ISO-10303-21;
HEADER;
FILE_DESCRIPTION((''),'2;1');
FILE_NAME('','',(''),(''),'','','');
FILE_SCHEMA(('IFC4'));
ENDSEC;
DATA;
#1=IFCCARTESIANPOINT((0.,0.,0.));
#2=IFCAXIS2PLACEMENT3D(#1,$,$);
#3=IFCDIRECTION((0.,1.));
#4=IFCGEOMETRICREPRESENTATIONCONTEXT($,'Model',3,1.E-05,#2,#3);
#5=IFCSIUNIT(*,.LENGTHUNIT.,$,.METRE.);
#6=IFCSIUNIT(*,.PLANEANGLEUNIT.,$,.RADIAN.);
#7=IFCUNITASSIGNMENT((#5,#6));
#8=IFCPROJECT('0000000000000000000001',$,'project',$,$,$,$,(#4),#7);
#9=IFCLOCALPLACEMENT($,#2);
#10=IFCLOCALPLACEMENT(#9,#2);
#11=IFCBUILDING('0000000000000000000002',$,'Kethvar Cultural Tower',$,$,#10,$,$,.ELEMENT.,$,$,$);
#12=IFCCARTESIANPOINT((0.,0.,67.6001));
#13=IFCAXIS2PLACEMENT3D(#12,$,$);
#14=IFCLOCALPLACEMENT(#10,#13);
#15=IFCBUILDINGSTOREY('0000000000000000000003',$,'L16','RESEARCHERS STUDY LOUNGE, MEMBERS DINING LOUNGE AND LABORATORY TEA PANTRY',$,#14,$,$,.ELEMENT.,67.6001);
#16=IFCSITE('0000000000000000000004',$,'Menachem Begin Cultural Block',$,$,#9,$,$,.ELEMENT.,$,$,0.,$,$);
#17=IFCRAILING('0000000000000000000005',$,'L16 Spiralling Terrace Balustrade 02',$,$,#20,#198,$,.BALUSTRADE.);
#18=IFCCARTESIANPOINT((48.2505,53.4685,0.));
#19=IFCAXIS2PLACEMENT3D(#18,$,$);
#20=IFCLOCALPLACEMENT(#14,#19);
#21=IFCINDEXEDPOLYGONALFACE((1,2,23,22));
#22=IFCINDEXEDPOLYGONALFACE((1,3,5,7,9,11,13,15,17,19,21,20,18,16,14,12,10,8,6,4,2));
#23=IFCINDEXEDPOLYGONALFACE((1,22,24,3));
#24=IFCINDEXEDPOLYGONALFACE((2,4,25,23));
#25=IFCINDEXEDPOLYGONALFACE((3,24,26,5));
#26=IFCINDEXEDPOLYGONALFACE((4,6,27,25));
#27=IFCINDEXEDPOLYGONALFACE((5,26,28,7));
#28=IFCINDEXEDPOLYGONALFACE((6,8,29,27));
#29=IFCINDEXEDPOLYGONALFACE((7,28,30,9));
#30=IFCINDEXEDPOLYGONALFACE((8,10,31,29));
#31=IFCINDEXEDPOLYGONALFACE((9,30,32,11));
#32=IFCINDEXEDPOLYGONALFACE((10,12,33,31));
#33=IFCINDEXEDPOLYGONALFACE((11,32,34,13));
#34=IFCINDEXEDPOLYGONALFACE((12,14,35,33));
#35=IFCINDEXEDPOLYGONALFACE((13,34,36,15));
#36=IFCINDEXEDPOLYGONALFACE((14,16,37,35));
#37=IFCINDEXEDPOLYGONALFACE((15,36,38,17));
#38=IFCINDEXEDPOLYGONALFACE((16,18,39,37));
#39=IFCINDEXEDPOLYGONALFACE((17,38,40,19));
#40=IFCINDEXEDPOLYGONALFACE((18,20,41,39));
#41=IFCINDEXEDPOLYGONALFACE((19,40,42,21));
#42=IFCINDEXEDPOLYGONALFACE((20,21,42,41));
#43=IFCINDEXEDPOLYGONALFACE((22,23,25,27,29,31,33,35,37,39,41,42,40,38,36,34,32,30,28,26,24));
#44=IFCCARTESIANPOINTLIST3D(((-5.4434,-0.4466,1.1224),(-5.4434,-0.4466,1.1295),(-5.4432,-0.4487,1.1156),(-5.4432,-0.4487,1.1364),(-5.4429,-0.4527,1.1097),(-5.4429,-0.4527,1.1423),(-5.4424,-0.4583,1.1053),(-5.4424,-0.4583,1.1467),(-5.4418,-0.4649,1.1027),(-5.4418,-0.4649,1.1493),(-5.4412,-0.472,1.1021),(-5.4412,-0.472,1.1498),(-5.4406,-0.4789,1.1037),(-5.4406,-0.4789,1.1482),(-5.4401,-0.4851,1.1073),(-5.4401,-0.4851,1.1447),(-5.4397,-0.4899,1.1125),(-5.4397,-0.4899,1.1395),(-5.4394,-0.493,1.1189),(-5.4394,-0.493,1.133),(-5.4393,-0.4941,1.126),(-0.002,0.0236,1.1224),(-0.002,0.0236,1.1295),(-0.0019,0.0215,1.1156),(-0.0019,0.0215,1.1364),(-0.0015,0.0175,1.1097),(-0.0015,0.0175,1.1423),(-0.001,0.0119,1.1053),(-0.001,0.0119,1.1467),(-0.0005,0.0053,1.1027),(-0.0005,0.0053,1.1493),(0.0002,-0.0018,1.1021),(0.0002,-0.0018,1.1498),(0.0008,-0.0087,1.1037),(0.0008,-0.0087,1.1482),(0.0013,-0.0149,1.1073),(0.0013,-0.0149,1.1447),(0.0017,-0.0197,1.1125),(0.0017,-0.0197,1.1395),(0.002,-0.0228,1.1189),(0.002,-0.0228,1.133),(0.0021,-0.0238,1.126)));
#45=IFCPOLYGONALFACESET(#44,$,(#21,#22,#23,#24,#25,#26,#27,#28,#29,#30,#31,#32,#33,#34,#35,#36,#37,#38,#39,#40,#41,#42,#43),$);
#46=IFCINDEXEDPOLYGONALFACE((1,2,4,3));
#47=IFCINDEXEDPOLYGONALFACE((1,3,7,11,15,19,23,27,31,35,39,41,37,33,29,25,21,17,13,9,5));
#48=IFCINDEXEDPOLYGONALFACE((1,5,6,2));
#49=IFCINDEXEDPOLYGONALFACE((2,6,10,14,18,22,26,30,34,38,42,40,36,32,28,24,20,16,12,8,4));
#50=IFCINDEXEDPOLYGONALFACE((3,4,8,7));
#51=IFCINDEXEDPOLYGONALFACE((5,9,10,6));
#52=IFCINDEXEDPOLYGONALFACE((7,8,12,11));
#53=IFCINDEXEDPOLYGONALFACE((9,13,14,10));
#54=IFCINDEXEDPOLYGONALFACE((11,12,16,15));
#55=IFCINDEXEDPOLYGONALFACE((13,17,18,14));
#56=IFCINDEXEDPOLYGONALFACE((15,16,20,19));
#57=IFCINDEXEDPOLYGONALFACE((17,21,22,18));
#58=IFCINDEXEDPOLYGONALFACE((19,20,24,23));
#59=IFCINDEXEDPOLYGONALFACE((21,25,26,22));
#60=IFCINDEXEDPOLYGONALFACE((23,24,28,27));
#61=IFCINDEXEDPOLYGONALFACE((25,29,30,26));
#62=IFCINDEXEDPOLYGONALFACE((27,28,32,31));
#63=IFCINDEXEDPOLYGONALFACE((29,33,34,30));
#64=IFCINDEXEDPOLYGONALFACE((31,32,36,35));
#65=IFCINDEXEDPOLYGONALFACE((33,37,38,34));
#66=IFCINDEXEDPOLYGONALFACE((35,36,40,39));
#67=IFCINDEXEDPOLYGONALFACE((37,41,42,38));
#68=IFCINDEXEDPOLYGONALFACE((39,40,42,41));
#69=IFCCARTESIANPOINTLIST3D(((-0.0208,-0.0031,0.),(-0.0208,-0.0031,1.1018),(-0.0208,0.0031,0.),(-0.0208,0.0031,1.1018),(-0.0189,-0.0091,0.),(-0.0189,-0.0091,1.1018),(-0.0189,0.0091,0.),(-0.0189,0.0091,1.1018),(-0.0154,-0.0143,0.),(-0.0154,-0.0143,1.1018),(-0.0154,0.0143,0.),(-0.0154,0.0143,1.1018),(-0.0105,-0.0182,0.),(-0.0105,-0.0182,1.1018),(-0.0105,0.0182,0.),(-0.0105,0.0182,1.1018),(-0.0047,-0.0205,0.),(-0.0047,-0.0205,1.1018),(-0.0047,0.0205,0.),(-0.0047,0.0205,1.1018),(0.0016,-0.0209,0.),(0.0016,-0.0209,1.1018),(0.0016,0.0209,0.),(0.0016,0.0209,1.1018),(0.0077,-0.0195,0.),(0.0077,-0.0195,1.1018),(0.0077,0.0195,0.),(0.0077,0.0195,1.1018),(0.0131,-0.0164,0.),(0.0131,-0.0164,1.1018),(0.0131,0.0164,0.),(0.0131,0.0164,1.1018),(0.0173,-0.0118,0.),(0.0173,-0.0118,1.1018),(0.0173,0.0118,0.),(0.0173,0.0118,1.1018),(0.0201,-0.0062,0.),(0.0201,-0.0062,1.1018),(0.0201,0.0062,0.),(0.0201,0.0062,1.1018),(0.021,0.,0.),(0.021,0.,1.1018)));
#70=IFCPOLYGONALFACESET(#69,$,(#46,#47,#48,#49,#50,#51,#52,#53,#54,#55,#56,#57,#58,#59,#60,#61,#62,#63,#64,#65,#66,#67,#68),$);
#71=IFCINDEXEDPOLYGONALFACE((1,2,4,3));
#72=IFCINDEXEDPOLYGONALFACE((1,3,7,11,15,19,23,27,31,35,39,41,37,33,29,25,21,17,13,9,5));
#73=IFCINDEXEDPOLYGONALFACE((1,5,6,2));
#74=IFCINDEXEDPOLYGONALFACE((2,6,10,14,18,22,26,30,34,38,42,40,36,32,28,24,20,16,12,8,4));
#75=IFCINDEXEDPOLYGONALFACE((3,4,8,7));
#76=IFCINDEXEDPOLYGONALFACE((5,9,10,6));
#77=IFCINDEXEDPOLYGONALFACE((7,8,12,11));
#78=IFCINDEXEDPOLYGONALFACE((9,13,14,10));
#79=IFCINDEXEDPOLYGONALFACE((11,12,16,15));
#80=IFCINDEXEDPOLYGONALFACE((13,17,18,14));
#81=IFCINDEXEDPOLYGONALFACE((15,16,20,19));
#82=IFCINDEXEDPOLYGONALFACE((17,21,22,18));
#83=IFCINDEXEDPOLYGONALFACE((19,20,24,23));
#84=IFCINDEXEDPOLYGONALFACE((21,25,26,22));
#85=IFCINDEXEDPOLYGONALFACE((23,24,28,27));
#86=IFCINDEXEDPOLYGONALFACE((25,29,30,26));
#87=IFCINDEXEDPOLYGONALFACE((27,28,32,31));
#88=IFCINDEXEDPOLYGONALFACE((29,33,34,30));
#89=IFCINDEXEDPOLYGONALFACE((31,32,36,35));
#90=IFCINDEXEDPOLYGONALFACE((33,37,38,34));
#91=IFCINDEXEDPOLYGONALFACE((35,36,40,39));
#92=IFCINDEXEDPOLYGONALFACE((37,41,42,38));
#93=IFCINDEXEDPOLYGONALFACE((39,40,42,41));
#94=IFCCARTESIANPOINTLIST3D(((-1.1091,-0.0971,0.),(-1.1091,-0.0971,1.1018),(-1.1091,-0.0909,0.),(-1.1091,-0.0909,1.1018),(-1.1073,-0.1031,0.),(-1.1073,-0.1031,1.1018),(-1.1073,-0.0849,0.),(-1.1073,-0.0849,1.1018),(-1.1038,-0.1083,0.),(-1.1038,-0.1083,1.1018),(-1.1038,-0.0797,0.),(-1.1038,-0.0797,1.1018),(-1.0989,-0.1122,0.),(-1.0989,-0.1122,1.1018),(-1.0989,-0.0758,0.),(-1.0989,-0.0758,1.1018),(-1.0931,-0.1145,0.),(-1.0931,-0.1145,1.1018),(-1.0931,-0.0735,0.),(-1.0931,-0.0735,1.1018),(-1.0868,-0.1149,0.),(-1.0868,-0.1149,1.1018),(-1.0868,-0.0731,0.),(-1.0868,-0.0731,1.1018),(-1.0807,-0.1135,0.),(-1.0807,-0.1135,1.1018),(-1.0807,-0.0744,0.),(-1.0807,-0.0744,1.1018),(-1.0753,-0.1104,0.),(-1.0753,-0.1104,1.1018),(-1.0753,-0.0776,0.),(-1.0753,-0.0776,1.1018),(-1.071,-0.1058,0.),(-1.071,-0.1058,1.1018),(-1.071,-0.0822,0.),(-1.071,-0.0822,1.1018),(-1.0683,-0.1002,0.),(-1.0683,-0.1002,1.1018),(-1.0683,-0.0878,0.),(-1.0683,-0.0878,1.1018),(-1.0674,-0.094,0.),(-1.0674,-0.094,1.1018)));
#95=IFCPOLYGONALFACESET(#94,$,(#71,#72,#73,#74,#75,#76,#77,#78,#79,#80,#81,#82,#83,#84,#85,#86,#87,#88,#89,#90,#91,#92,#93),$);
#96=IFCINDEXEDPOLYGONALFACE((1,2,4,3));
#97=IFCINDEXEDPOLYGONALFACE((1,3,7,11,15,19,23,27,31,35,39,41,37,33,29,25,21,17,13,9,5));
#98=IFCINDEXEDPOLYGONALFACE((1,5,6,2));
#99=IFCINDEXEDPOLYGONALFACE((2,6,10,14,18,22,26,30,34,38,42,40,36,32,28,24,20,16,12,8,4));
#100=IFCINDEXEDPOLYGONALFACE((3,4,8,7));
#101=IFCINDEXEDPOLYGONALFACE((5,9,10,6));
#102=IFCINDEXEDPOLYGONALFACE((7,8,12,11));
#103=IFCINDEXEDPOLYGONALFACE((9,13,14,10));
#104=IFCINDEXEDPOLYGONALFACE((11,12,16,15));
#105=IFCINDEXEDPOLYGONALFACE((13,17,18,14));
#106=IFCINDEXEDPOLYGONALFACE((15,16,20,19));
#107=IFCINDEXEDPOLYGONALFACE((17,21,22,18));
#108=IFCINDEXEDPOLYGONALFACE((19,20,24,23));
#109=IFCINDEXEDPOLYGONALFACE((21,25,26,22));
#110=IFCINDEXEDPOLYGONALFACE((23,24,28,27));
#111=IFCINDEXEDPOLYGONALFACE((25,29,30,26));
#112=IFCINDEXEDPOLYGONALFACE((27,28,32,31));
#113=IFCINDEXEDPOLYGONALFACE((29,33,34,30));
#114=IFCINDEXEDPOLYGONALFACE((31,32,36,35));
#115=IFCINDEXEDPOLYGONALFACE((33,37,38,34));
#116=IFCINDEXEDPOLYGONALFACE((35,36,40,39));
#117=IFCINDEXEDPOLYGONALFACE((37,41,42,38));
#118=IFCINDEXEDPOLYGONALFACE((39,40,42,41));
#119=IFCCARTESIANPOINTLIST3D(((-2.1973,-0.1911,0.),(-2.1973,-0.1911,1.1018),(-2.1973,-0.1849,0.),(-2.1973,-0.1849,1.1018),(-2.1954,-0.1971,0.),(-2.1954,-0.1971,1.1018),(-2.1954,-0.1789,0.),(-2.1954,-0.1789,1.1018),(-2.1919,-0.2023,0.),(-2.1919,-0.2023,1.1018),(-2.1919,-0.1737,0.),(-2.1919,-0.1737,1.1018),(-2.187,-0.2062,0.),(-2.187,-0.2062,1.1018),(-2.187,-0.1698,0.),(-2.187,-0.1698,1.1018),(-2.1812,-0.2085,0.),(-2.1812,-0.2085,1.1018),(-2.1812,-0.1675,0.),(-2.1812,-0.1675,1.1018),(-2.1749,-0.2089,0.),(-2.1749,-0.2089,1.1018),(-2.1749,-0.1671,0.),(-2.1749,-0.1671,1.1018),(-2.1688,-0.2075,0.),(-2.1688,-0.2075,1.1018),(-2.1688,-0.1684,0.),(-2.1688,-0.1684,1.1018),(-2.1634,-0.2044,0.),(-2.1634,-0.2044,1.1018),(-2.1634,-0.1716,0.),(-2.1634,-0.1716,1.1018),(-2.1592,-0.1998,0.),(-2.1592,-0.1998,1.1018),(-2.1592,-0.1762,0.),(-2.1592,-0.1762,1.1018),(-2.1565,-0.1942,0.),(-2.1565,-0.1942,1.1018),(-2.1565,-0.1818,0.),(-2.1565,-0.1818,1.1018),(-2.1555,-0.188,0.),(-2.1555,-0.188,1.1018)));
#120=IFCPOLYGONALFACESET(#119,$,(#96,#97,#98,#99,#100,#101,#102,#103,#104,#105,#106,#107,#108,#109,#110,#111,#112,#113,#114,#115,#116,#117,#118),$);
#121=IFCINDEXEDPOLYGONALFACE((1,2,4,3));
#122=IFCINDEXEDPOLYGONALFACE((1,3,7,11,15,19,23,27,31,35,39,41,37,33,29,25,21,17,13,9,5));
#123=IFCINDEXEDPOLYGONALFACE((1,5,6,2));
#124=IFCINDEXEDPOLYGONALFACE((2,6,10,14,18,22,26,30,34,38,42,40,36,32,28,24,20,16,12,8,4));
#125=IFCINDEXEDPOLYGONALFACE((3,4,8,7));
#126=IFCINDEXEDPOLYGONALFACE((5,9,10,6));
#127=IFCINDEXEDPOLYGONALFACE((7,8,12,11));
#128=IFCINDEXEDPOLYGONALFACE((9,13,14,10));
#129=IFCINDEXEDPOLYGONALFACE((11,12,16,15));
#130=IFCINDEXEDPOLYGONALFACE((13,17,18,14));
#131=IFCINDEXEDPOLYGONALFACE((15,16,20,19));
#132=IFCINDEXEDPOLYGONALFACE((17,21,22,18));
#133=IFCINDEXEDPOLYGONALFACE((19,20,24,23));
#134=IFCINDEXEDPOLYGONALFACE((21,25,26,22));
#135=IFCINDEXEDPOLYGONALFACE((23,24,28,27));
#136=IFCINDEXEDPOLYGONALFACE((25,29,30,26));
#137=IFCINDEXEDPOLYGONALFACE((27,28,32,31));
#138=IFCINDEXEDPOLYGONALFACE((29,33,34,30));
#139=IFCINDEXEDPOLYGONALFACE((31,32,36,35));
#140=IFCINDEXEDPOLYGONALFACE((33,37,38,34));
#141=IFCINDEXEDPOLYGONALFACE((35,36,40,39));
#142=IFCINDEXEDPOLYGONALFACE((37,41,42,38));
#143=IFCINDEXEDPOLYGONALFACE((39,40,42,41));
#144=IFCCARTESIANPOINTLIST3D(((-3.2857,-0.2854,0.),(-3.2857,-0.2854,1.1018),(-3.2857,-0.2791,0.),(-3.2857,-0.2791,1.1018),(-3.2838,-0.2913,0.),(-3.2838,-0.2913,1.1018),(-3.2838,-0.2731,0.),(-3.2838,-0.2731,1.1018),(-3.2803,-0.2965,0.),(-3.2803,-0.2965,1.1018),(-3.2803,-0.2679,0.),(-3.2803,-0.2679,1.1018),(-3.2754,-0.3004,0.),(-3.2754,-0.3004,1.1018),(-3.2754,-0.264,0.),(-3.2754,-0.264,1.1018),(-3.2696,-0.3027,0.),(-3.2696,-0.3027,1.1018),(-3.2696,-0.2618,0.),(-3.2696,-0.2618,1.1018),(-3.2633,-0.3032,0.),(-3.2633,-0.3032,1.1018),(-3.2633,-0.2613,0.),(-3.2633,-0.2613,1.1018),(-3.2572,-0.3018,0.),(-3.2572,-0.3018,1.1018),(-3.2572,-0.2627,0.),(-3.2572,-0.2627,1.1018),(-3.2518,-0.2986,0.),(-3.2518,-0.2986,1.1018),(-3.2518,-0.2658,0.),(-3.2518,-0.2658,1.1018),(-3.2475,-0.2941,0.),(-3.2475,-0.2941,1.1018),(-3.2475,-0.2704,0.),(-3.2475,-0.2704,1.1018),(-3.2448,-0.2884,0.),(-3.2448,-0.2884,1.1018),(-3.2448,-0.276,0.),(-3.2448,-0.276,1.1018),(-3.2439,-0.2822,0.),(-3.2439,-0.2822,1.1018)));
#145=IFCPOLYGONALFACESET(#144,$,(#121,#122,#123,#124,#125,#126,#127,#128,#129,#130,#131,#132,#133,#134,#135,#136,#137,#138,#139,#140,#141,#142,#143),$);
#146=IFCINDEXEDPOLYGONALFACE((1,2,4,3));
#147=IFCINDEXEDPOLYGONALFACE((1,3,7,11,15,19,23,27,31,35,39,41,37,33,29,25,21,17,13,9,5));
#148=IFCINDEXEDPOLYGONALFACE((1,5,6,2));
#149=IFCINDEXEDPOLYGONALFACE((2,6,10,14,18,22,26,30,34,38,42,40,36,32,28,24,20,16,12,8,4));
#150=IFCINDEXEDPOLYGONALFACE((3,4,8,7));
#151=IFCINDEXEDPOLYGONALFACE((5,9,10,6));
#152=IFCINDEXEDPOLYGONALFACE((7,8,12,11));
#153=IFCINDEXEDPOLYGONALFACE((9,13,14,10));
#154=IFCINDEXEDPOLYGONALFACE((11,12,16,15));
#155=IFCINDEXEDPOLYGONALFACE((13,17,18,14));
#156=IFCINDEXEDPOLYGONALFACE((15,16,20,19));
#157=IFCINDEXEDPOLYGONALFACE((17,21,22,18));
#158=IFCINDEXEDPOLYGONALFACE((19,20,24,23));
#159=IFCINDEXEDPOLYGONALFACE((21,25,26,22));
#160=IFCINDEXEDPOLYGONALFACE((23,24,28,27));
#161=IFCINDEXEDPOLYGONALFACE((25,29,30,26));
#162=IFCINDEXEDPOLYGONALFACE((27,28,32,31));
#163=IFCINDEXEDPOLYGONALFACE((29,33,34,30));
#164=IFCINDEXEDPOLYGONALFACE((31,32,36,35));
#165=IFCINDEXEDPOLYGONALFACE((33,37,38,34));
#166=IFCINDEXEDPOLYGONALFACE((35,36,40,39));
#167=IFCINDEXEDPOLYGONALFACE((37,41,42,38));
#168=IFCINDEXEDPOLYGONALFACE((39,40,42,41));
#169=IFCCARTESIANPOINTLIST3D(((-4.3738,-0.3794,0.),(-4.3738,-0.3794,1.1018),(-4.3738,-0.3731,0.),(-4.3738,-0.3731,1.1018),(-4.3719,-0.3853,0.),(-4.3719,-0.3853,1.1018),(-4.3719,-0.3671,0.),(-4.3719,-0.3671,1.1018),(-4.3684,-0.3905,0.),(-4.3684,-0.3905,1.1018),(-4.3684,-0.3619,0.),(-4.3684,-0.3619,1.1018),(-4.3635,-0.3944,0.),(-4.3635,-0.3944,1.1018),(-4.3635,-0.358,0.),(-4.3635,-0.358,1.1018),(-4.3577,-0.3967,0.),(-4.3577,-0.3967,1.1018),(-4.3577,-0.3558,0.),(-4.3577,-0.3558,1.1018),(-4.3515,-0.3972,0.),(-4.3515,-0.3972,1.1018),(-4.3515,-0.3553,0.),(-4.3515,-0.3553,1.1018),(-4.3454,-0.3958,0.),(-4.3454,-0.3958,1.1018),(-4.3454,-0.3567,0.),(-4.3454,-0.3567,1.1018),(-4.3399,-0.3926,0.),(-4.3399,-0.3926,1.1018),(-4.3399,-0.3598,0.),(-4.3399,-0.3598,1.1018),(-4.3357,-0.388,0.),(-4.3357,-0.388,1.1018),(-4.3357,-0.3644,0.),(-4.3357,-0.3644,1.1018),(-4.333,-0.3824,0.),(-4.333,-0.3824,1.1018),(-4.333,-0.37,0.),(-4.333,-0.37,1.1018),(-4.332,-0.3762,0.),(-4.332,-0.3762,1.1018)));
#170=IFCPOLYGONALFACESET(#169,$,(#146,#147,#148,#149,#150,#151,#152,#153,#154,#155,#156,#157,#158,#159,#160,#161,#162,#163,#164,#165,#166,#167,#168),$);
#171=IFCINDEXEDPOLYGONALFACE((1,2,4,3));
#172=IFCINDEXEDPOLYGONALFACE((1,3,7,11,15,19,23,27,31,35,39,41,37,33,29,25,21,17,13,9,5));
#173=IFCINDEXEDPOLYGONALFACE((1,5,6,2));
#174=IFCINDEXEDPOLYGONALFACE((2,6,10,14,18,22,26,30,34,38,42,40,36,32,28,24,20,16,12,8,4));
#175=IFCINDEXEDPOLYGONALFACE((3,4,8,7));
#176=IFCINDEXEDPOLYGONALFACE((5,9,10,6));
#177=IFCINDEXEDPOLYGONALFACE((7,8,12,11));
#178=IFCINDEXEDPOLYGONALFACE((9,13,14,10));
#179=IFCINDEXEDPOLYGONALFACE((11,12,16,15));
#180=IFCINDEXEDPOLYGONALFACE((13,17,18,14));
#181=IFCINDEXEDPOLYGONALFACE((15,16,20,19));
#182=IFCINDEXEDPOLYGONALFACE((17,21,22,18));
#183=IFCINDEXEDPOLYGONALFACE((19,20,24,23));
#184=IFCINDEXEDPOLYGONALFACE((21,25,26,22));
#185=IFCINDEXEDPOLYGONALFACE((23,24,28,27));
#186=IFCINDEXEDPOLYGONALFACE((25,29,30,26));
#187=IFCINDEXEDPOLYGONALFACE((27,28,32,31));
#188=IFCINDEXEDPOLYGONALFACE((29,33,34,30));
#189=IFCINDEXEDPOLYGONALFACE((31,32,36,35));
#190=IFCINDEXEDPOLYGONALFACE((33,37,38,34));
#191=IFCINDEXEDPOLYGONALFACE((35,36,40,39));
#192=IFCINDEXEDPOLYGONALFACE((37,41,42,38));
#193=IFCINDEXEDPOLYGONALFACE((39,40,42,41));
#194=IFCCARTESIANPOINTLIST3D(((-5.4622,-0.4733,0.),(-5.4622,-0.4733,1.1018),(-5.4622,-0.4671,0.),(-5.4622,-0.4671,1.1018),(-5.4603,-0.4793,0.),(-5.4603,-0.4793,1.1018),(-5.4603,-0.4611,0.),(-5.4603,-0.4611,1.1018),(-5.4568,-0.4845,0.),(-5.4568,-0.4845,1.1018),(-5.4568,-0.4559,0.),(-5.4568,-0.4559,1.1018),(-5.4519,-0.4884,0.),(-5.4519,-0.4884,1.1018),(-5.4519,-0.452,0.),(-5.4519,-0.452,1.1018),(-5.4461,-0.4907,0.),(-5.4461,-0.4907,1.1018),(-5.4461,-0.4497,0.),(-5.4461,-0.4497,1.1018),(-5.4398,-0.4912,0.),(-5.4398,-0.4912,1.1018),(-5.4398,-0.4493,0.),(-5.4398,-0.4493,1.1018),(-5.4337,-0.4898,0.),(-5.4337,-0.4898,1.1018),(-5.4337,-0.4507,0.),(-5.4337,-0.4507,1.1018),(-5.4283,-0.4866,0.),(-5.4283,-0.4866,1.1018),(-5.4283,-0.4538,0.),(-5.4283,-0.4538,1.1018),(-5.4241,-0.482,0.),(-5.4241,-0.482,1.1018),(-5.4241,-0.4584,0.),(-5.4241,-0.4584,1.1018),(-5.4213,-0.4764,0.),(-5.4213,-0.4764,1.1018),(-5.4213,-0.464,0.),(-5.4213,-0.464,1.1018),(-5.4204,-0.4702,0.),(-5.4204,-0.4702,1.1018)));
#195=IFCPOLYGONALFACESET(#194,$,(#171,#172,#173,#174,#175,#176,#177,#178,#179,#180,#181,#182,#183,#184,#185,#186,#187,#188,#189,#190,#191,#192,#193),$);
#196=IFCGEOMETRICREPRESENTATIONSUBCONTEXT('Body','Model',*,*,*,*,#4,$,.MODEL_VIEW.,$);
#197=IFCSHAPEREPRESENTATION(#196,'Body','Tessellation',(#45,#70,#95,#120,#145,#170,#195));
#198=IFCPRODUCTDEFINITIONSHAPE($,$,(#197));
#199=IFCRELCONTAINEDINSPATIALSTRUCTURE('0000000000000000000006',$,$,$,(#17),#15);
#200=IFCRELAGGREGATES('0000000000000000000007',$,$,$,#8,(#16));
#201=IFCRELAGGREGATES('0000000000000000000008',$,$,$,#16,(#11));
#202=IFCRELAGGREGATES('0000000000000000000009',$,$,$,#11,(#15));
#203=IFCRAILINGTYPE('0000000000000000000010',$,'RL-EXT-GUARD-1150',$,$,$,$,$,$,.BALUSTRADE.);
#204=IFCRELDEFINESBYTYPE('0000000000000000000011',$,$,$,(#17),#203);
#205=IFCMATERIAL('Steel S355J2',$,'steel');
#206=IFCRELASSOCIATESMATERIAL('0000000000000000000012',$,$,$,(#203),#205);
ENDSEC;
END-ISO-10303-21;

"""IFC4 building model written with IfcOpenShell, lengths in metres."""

from ifc_helpers import new_model, si_unit, direction, frame, origin, origin_2d, place, context, subcontext, project, spatial, circle, extrude, material, type_object, element, save


model = new_model("IFC4")

# Units and contexts
model_context = context("Model", 3, precision=1e-05, world=origin(), true_north=direction((0.0, 1.0)))
body_context = subcontext(model_context, "Body", "Model", "MODEL_VIEW")
ifc_project = project(units=[si_unit("LENGTHUNIT", "METRE"), si_unit("PLANEANGLEUNIT", "RADIAN")], contexts=[model_context])

# Site, building, storey
site_placement = place(None, origin())
site = spatial("IfcSite", under=ifc_project, at=site_placement, Name="Menachem Begin Cultural Block", CompositionType="ELEMENT", RefElevation=0.0)
building_placement = place(site_placement, origin())
building = spatial("IfcBuilding", under=site, at=building_placement, Name="Kethvar Cultural Tower", CompositionType="ELEMENT")
storey_placement = place(building_placement, frame((0.0, 0.0, 67.6001)))
storey = spatial("IfcBuildingStorey", under=building, at=storey_placement, Name="L16", Description="RESEARCHERS STUDY LOUNGE, MEMBERS DINING LOUNGE AND LABORATORY TEA PANTRY", CompositionType="ELEMENT", Elevation=67.6001)

# Shared definitions
ifc_material_1 = material(Name="Steel S355J2", Category="steel")

# Railing
railing_type = type_object("IfcRailingType", Name="RL-EXT-GUARD-1150", PredefinedType="BALUSTRADE", material=ifc_material_1)
railing_1_placement = place(storey_placement, frame((48.2505, 53.4685, 0.0)))
element("IfcRailing", 1, at=railing_1_placement, inside=storey, type_object=railing_type, Name="L16 Spiralling Terrace Balustrade 02", PredefinedType="BALUSTRADE", context=body_context, shape_type="SweptSolid", body=[
    extrude(circle(Radius=0.0239, at=origin_2d()), frame((0.0, 0.0, 1.126), z_axis=(-0.996287, -0.086093, 0.0), x_axis=(0.086093, -0.996287, 0.0)), (0.0, 0.0, 1.0), 5.4617),
    extrude(circle(Radius=0.021, at=origin_2d()), origin(), (0.0, 0.0, 1.0), 1.1018),
    extrude(circle(Radius=0.021, at=origin_2d()), frame((-1.0884, -0.094, 0.0)), (0.0, 0.0, 1.0), 1.1018),
    extrude(circle(Radius=0.021, at=origin_2d()), frame((-2.1765, -0.188, 0.0)), (0.0, 0.0, 1.0), 1.1018),
    extrude(circle(Radius=0.021, at=origin_2d()), frame((-3.2649, -0.2822, 0.0)), (0.0, 0.0, 1.0), 1.1018),
    extrude(circle(Radius=0.021, at=origin_2d()), frame((-4.353, -0.3762, 0.0)), (0.0, 0.0, 1.0), 1.1018),
    extrude(circle(Radius=0.021, at=origin_2d()), frame((-5.4414, -0.4702, 0.0)), (0.0, 0.0, 1.0), 1.1018),
])

save(model, "model.ifc")
